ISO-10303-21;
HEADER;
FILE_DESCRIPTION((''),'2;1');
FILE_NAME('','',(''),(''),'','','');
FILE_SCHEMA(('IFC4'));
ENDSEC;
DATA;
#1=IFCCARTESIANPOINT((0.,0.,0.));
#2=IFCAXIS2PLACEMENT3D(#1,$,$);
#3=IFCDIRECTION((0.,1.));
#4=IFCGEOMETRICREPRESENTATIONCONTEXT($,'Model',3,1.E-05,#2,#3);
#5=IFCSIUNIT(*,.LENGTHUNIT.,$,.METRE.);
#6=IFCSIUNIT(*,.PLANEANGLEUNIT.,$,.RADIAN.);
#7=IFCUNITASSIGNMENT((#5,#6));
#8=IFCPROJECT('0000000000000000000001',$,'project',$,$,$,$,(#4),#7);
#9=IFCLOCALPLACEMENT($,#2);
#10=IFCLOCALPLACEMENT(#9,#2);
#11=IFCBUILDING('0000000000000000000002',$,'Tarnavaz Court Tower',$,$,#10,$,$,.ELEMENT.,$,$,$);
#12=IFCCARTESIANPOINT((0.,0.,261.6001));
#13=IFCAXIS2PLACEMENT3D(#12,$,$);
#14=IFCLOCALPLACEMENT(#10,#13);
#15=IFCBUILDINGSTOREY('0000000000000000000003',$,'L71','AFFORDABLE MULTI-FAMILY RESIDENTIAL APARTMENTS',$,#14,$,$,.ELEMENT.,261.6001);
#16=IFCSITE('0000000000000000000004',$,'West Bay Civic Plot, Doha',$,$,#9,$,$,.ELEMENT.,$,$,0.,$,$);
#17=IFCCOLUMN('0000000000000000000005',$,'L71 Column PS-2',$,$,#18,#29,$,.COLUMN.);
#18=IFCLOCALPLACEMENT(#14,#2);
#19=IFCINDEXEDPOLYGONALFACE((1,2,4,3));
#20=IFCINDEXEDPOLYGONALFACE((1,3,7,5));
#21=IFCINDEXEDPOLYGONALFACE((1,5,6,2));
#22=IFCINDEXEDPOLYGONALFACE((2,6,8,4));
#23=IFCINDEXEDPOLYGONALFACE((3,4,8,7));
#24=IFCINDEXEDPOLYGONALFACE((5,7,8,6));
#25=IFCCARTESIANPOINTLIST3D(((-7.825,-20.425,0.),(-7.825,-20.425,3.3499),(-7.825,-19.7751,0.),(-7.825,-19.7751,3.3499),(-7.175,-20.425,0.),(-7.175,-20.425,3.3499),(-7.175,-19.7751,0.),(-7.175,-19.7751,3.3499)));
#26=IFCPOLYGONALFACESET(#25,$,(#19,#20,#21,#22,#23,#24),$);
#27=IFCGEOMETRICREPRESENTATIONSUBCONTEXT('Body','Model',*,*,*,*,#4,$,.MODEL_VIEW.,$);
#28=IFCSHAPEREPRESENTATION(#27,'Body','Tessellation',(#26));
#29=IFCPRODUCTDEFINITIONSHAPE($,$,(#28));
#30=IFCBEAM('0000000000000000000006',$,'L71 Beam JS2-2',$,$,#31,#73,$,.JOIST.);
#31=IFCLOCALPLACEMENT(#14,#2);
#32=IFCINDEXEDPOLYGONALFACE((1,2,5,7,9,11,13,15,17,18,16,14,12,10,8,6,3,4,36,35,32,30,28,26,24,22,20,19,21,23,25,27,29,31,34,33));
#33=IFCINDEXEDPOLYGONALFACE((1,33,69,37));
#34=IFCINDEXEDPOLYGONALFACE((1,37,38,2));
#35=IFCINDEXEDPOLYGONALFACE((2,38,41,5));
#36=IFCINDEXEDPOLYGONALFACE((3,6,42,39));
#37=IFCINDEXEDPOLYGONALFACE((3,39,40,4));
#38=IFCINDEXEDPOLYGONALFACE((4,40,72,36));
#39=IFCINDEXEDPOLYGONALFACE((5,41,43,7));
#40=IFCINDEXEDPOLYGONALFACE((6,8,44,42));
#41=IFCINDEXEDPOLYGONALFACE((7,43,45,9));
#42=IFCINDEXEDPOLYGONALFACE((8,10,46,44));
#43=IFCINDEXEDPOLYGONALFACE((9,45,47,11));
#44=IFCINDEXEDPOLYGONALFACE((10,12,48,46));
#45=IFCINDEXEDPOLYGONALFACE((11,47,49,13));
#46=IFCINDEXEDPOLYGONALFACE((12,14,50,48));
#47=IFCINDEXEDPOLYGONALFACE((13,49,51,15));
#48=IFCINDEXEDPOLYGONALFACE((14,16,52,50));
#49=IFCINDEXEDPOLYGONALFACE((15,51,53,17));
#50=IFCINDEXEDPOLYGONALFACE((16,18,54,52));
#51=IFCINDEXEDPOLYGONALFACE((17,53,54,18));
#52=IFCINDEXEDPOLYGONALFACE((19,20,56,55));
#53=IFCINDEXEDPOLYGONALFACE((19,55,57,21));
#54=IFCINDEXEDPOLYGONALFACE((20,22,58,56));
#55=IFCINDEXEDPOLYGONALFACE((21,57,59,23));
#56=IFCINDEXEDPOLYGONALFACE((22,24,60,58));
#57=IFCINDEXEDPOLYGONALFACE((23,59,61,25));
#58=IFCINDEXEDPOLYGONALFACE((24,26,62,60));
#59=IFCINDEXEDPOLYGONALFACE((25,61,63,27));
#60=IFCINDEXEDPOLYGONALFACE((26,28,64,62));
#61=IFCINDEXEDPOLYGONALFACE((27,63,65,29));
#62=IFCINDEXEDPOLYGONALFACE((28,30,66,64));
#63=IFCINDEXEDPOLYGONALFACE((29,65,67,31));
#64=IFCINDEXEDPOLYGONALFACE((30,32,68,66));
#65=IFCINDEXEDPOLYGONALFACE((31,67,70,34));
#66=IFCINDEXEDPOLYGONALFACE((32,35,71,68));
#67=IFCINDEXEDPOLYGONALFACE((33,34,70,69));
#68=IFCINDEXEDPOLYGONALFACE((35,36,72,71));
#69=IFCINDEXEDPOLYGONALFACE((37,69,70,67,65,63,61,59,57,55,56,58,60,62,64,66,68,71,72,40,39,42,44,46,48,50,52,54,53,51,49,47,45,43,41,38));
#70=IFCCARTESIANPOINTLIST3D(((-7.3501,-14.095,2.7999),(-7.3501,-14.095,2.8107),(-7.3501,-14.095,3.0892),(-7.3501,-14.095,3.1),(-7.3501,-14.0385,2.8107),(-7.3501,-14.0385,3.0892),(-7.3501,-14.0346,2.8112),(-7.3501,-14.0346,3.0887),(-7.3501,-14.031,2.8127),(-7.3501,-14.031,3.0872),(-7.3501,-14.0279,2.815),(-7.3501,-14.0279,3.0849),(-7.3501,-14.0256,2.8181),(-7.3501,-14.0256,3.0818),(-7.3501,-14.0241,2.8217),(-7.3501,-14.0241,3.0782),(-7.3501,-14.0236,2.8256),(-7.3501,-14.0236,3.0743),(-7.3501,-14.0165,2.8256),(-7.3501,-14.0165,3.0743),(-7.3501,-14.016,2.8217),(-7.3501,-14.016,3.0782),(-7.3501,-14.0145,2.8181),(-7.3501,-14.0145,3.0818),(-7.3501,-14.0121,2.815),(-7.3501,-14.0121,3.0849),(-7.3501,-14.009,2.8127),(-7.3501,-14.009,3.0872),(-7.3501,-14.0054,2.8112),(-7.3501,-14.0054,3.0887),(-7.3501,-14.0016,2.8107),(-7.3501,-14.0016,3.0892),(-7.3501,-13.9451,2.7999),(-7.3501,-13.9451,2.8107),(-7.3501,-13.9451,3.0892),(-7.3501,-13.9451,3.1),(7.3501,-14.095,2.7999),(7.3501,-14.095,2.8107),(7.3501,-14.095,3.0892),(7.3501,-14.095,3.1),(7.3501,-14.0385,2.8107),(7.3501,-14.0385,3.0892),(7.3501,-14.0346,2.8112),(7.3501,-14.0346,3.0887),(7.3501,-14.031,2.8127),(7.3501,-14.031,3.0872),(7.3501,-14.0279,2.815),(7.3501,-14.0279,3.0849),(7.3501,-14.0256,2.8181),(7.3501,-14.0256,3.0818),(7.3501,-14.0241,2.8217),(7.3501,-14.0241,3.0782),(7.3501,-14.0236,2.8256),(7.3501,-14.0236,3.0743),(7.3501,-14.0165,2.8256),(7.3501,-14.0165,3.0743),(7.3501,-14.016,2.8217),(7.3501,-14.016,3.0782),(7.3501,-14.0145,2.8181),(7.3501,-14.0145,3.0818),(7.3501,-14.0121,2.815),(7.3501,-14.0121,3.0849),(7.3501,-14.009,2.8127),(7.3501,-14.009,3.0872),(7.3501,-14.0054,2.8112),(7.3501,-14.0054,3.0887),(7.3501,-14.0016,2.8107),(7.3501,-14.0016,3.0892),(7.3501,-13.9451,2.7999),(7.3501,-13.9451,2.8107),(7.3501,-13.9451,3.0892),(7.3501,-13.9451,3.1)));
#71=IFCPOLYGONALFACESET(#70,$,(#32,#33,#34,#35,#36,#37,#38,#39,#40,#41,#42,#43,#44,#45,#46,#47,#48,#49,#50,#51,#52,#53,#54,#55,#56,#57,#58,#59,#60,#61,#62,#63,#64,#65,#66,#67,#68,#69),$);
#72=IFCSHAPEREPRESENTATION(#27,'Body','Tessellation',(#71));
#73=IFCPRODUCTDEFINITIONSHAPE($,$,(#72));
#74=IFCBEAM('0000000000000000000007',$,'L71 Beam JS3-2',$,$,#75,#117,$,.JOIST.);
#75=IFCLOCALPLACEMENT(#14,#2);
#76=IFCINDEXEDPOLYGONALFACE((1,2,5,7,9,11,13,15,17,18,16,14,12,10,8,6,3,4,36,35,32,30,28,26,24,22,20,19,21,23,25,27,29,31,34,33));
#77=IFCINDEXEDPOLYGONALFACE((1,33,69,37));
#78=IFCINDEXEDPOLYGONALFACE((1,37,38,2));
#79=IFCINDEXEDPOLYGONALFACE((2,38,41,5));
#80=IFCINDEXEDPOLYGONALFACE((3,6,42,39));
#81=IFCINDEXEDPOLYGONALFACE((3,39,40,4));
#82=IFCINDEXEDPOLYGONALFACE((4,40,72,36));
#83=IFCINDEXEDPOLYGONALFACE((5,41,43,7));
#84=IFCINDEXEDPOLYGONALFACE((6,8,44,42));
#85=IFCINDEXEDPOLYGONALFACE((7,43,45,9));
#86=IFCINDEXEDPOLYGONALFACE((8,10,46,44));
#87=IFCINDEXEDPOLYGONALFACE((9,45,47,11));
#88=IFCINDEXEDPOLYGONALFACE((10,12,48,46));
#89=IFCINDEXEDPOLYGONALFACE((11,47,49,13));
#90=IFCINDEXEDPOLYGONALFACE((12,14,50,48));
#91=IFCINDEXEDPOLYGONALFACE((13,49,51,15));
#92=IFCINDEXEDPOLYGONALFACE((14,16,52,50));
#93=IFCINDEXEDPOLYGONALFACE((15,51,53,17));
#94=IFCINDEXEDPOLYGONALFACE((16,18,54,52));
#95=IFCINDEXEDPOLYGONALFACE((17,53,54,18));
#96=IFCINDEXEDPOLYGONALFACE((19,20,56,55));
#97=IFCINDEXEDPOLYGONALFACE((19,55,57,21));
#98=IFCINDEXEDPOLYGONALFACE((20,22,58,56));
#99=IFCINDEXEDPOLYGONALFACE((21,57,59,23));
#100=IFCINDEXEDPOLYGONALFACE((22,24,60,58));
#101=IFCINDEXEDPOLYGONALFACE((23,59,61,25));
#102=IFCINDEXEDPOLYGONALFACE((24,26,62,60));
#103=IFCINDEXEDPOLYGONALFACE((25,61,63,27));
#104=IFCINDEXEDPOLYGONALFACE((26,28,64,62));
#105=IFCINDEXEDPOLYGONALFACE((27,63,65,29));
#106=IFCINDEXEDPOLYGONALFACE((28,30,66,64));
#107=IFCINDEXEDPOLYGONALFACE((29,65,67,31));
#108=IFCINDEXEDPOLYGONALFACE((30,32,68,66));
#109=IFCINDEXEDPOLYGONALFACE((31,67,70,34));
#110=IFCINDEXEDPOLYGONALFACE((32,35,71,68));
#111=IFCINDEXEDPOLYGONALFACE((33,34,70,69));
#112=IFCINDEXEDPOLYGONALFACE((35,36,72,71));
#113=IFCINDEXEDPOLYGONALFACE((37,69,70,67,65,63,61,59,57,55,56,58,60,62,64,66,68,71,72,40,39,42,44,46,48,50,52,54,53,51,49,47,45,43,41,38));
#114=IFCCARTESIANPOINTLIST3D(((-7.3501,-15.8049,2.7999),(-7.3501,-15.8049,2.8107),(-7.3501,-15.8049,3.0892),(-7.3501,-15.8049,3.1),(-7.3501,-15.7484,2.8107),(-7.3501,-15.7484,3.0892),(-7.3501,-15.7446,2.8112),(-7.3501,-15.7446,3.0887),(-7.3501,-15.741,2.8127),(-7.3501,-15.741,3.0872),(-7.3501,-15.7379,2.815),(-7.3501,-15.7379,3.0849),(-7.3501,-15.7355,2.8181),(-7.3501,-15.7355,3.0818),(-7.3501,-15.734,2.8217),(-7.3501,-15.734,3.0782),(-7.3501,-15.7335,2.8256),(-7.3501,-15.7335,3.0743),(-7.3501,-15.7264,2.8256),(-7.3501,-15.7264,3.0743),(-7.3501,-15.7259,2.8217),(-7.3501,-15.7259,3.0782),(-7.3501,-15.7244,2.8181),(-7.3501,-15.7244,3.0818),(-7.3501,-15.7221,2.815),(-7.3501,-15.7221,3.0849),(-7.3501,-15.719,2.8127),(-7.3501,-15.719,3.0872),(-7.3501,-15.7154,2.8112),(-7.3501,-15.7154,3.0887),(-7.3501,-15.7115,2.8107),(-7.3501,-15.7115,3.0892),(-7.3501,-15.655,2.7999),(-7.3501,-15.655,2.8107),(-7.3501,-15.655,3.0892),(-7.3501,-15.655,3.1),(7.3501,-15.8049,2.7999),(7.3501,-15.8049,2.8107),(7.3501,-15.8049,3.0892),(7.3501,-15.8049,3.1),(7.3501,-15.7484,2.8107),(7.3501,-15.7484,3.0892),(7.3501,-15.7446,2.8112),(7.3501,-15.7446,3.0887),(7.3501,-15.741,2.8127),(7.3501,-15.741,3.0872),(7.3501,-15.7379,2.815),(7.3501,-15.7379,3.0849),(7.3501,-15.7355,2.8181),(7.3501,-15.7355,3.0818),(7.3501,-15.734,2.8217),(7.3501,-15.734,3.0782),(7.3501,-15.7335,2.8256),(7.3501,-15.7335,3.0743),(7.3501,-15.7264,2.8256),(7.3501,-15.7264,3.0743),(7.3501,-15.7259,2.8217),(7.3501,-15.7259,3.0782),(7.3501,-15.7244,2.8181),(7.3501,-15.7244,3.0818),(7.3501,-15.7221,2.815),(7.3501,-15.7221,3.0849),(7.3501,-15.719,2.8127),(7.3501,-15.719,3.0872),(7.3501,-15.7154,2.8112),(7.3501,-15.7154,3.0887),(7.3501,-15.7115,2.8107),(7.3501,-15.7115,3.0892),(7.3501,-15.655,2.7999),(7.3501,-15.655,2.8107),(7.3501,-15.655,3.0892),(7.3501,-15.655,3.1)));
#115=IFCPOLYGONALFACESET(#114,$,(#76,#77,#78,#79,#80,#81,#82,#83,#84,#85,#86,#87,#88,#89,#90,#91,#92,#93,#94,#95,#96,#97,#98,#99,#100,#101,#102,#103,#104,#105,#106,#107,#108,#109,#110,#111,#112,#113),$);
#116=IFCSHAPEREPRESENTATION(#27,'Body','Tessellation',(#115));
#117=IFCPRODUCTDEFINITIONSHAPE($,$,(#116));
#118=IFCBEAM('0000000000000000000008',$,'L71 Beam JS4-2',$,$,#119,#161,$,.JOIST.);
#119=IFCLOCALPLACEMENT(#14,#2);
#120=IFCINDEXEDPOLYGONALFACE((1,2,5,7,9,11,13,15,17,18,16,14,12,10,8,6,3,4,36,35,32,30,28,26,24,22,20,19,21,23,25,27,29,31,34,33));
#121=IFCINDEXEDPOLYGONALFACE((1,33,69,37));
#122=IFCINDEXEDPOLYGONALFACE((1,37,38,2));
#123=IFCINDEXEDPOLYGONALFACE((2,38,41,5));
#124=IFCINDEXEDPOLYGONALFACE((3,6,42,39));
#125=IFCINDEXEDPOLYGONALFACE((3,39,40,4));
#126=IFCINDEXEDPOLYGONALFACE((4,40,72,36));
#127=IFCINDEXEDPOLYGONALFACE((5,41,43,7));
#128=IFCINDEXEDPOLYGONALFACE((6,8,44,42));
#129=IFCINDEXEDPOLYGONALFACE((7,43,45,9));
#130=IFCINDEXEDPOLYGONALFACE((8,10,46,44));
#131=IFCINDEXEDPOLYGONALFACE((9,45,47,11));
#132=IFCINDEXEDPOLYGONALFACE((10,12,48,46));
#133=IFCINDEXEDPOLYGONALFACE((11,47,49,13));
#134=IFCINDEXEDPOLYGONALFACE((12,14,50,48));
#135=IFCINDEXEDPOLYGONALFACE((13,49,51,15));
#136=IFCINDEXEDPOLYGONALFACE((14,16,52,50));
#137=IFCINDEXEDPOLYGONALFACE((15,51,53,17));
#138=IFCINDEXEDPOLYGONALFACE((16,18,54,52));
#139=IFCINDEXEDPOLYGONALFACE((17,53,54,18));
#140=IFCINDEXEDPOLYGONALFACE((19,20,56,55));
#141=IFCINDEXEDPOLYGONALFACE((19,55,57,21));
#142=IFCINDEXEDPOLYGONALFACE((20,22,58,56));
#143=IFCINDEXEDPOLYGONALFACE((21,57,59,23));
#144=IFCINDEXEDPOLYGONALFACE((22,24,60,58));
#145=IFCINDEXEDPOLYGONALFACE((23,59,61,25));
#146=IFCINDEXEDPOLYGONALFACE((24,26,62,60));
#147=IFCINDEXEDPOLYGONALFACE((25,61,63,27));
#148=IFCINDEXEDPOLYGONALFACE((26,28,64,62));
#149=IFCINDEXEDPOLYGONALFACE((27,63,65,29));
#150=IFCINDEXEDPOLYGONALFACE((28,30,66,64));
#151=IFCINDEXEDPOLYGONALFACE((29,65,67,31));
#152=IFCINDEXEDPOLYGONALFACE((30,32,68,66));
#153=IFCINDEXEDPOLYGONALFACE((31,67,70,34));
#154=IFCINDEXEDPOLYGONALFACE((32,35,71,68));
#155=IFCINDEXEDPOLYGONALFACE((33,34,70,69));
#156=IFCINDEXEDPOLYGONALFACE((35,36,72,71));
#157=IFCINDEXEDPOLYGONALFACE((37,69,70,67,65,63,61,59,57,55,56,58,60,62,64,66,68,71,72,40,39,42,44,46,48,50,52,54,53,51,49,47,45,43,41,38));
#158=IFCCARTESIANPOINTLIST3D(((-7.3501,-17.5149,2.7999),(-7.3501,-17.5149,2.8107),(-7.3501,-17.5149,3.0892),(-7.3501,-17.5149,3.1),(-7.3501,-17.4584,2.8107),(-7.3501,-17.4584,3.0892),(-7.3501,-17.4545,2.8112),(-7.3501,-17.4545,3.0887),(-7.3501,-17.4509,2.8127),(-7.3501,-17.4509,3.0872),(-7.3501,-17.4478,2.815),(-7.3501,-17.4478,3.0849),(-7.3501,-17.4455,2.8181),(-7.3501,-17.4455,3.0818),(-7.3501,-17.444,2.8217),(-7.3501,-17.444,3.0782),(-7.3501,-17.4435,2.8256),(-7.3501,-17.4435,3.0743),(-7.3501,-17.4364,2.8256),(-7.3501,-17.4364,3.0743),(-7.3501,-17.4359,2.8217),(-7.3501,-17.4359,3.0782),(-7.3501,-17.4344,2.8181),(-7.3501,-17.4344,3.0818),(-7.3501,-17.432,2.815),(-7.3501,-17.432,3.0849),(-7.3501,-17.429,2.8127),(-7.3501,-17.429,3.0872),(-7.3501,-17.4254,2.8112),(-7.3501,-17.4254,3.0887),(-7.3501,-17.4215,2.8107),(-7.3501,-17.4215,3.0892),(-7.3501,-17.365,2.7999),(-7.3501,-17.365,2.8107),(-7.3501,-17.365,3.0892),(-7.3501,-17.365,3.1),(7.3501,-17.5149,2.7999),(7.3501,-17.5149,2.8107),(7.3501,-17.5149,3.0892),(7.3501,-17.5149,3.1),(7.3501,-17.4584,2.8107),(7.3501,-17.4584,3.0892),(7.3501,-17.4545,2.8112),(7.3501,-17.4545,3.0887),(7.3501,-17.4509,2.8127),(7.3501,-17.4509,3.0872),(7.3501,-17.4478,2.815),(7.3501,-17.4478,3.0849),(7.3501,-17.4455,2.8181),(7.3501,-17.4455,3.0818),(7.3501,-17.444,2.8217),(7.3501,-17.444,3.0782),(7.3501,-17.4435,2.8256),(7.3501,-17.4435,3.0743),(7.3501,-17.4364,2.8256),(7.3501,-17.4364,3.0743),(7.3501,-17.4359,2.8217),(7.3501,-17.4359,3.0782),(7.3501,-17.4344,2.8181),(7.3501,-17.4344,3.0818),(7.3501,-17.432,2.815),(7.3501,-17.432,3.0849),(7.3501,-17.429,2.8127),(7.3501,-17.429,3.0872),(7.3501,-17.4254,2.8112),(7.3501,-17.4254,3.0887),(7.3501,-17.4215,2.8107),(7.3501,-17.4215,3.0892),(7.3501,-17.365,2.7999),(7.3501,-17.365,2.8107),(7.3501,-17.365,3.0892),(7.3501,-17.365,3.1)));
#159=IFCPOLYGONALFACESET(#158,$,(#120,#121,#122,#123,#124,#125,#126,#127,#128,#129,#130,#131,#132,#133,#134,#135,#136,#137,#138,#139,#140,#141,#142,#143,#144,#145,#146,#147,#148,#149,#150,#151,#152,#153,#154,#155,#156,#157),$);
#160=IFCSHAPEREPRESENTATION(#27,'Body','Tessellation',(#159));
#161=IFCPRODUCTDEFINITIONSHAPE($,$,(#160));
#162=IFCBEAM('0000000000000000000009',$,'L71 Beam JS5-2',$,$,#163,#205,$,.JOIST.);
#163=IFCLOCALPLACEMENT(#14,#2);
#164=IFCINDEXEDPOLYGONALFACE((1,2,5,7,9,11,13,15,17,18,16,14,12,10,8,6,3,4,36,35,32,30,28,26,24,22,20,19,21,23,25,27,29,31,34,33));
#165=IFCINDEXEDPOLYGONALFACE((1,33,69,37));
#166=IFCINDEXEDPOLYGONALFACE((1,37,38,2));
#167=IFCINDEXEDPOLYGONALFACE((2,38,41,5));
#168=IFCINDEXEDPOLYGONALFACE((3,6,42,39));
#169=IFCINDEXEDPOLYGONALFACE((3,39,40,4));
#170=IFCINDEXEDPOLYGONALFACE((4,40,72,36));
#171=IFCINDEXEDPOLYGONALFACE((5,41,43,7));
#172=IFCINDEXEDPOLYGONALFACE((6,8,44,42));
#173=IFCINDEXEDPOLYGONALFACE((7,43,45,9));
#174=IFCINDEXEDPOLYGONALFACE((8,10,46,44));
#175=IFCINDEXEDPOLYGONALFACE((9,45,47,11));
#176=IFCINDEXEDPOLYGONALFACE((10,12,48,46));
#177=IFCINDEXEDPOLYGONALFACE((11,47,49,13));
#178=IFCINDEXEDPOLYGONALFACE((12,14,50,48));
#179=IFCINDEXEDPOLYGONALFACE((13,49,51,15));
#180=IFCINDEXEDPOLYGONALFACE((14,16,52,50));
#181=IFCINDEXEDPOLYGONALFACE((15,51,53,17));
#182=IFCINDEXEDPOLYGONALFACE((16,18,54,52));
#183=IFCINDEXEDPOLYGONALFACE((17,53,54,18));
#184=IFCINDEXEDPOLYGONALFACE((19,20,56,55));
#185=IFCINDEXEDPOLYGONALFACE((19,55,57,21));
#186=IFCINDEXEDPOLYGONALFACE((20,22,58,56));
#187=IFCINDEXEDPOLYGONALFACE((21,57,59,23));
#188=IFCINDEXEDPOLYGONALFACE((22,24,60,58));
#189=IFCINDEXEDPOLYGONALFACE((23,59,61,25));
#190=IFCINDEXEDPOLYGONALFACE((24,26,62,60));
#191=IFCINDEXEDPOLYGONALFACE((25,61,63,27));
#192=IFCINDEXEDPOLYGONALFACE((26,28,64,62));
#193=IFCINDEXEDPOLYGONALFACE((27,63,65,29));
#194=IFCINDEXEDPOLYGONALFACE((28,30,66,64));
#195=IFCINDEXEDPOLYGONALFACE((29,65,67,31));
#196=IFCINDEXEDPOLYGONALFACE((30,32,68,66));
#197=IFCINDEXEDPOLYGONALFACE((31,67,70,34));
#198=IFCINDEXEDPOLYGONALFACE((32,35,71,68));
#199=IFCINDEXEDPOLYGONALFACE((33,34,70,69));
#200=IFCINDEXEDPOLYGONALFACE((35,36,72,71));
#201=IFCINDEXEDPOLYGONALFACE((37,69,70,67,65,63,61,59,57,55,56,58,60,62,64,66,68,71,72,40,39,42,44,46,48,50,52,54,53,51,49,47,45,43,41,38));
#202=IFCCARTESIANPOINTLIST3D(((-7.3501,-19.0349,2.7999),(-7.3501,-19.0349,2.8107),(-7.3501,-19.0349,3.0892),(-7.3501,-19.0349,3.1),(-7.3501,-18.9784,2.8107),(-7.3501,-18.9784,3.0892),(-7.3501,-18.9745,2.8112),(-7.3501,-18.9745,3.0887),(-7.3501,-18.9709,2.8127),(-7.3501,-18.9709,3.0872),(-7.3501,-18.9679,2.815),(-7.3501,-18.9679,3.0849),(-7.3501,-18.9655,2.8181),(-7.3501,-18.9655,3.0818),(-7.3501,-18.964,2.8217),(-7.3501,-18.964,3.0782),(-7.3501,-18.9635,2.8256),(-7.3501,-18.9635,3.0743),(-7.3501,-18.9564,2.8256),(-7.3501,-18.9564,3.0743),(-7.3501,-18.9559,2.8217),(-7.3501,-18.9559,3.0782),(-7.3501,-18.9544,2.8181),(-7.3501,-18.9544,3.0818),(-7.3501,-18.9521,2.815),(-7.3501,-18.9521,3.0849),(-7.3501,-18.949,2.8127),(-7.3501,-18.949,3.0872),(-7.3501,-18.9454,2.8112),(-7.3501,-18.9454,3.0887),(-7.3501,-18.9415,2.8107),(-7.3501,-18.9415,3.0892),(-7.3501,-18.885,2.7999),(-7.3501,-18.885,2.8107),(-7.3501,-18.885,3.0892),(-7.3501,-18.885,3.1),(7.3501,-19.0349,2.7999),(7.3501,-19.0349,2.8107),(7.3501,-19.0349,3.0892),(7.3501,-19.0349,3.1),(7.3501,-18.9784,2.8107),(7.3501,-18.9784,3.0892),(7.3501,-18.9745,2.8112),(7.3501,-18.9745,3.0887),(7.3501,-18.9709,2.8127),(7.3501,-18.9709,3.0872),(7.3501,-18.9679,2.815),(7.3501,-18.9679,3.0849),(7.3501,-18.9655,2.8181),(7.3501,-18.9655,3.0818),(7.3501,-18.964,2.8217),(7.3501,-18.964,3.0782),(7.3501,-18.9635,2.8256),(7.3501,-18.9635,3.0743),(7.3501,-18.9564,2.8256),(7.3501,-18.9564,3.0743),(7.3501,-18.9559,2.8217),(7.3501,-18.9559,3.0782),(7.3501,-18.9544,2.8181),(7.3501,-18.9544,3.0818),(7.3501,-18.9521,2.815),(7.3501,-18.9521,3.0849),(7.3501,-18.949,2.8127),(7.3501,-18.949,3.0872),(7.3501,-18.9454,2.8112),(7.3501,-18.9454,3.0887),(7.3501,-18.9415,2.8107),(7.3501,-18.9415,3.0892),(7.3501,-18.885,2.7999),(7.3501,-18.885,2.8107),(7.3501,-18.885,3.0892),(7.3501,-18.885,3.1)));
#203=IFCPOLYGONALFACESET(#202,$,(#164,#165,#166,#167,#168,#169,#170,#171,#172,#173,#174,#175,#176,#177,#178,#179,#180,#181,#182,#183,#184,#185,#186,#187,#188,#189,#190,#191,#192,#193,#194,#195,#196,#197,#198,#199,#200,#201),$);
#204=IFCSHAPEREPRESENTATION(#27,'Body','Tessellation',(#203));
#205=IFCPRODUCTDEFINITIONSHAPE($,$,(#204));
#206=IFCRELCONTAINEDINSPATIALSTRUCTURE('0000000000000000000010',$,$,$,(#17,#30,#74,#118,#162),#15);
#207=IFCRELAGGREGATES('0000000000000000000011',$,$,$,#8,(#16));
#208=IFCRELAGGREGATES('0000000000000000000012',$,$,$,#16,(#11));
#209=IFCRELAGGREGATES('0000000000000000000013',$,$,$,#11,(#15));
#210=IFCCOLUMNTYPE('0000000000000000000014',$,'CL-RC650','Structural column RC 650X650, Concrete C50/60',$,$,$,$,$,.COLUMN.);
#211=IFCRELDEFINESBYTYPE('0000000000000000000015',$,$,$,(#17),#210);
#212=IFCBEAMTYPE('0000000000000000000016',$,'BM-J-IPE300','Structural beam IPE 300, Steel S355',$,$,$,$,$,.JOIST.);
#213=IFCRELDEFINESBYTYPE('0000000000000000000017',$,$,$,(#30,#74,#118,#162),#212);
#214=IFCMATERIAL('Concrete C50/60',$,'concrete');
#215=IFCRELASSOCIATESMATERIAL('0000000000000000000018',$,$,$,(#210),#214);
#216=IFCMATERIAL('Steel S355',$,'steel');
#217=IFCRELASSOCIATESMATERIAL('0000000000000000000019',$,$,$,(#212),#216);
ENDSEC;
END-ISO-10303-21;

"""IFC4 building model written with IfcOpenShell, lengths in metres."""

from ifc_helpers import new_model, si_unit, direction, frame, origin, origin_2d, place, context, subcontext, project, spatial, rectangle, i_section, extrude, material, material_profile, profile_set, type_object, element, save


model = new_model("IFC4")

# Units and contexts
model_context = context("Model", 3, precision=1e-05, world=origin(), true_north=direction((0.0, 1.0)))
body_context = subcontext(model_context, "Body", "Model", "MODEL_VIEW")
ifc_project = project(units=[si_unit("LENGTHUNIT", "METRE"), si_unit("PLANEANGLEUNIT", "RADIAN")], contexts=[model_context])

# Site, building, storey
site_placement = place(None, origin())
site = spatial("IfcSite", under=ifc_project, at=site_placement, Name="West Bay Civic Plot, Doha", CompositionType="ELEMENT", RefElevation=0.0)
building_placement = place(site_placement, origin())
building = spatial("IfcBuilding", under=site, at=building_placement, Name="Tarnavaz Court Tower", CompositionType="ELEMENT")
storey_placement = place(building_placement, frame((0.0, 0.0, 261.6001)))
storey = spatial("IfcBuildingStorey", under=building, at=storey_placement, Name="L71", Description="AFFORDABLE MULTI-FAMILY RESIDENTIAL APARTMENTS", CompositionType="ELEMENT", Elevation=261.6001)

# Column
ifc_material_1 = material(Name="Concrete C50/60", Category="concrete")
ifc_material_profile_1 = material_profile(ifc_material_1, rectangle(XDim=0.6499, YDim=0.6499, at=origin_2d()), Name="RC 650X650")
ifc_profile_set_1 = profile_set([ifc_material_profile_1], Name="Concrete C50/60")
column_type = type_object("IfcColumnType", Name="CL-RC650", Description="Structural column RC 650X650, Concrete C50/60", PredefinedType="COLUMN", material=ifc_profile_set_1)
column_placement = place(storey_placement, frame((-7.5, -20.1001, 0.0), z_axis=(0.0, 0.0, 1.0), x_axis=(1.0, 0.0, 0.0)))
element("IfcColumn", 1, at=column_placement, inside=storey, type_object=column_type, Name="L71 Column PS-2", PredefinedType="COLUMN", context=body_context, shape_type="SweptSolid", body=[
    extrude(rectangle(XDim=0.6499, YDim=0.6499, at=origin_2d()), origin(), (0.0, 0.0, 1.0), 3.3499),
])

# Beams
ifc_material_2 = material(Name="Steel S355", Category="steel")
ifc_material_profile_2 = material_profile(ifc_material_2, i_section(OverallWidth=0.1499, OverallDepth=0.3, WebThickness=0.0071, FlangeThickness=0.0107, FilletRadius=0.0149, at=origin_2d()), Name="IPE 300")
ifc_profile_set_2 = profile_set([ifc_material_profile_2], Name="Steel S355")
beam_type_1 = type_object("IfcBeamType", Name="BM-J-IPE300", Description="Structural beam IPE 300, Steel S355", PredefinedType="JOIST", material=ifc_profile_set_2)
for number, where, z_axis, x_axis, name in (
    (2, (-7.3501, -14.02, 2.95), (1.0, 0.0, 0.0), (0.0, 1.0, 0.0), "L71 Beam JS2-2"),
    (3, (-7.3501, -15.73, 2.95), (1.0, 0.0, 0.0), (0.0, 1.0, 0.0), "L71 Beam JS3-2"),
    (4, (-7.3501, -17.4399, 2.95), (1.0, 0.0, 0.0), (0.0, 1.0, 0.0), "L71 Beam JS4-2"),
    (5, (-7.3501, -18.96, 2.95), (1.0, 0.0, 0.0), (0.0, 1.0, 0.0), "L71 Beam JS5-2"),
):
    element("IfcBeam", number, at=place(storey_placement, frame(where, z_axis=z_axis, x_axis=x_axis)), inside=storey, type_object=beam_type_1, Name=name, PredefinedType="JOIST", context=body_context, shape_type="SweptSolid", body=[
        extrude(i_section(OverallWidth=0.1499, OverallDepth=0.3, WebThickness=0.0071, FlangeThickness=0.0107, FilletRadius=0.0149, at=origin_2d()), origin(), (0.0, 0.0, 1.0), 14.7002),
    ])

save(model, "model.ifc")
